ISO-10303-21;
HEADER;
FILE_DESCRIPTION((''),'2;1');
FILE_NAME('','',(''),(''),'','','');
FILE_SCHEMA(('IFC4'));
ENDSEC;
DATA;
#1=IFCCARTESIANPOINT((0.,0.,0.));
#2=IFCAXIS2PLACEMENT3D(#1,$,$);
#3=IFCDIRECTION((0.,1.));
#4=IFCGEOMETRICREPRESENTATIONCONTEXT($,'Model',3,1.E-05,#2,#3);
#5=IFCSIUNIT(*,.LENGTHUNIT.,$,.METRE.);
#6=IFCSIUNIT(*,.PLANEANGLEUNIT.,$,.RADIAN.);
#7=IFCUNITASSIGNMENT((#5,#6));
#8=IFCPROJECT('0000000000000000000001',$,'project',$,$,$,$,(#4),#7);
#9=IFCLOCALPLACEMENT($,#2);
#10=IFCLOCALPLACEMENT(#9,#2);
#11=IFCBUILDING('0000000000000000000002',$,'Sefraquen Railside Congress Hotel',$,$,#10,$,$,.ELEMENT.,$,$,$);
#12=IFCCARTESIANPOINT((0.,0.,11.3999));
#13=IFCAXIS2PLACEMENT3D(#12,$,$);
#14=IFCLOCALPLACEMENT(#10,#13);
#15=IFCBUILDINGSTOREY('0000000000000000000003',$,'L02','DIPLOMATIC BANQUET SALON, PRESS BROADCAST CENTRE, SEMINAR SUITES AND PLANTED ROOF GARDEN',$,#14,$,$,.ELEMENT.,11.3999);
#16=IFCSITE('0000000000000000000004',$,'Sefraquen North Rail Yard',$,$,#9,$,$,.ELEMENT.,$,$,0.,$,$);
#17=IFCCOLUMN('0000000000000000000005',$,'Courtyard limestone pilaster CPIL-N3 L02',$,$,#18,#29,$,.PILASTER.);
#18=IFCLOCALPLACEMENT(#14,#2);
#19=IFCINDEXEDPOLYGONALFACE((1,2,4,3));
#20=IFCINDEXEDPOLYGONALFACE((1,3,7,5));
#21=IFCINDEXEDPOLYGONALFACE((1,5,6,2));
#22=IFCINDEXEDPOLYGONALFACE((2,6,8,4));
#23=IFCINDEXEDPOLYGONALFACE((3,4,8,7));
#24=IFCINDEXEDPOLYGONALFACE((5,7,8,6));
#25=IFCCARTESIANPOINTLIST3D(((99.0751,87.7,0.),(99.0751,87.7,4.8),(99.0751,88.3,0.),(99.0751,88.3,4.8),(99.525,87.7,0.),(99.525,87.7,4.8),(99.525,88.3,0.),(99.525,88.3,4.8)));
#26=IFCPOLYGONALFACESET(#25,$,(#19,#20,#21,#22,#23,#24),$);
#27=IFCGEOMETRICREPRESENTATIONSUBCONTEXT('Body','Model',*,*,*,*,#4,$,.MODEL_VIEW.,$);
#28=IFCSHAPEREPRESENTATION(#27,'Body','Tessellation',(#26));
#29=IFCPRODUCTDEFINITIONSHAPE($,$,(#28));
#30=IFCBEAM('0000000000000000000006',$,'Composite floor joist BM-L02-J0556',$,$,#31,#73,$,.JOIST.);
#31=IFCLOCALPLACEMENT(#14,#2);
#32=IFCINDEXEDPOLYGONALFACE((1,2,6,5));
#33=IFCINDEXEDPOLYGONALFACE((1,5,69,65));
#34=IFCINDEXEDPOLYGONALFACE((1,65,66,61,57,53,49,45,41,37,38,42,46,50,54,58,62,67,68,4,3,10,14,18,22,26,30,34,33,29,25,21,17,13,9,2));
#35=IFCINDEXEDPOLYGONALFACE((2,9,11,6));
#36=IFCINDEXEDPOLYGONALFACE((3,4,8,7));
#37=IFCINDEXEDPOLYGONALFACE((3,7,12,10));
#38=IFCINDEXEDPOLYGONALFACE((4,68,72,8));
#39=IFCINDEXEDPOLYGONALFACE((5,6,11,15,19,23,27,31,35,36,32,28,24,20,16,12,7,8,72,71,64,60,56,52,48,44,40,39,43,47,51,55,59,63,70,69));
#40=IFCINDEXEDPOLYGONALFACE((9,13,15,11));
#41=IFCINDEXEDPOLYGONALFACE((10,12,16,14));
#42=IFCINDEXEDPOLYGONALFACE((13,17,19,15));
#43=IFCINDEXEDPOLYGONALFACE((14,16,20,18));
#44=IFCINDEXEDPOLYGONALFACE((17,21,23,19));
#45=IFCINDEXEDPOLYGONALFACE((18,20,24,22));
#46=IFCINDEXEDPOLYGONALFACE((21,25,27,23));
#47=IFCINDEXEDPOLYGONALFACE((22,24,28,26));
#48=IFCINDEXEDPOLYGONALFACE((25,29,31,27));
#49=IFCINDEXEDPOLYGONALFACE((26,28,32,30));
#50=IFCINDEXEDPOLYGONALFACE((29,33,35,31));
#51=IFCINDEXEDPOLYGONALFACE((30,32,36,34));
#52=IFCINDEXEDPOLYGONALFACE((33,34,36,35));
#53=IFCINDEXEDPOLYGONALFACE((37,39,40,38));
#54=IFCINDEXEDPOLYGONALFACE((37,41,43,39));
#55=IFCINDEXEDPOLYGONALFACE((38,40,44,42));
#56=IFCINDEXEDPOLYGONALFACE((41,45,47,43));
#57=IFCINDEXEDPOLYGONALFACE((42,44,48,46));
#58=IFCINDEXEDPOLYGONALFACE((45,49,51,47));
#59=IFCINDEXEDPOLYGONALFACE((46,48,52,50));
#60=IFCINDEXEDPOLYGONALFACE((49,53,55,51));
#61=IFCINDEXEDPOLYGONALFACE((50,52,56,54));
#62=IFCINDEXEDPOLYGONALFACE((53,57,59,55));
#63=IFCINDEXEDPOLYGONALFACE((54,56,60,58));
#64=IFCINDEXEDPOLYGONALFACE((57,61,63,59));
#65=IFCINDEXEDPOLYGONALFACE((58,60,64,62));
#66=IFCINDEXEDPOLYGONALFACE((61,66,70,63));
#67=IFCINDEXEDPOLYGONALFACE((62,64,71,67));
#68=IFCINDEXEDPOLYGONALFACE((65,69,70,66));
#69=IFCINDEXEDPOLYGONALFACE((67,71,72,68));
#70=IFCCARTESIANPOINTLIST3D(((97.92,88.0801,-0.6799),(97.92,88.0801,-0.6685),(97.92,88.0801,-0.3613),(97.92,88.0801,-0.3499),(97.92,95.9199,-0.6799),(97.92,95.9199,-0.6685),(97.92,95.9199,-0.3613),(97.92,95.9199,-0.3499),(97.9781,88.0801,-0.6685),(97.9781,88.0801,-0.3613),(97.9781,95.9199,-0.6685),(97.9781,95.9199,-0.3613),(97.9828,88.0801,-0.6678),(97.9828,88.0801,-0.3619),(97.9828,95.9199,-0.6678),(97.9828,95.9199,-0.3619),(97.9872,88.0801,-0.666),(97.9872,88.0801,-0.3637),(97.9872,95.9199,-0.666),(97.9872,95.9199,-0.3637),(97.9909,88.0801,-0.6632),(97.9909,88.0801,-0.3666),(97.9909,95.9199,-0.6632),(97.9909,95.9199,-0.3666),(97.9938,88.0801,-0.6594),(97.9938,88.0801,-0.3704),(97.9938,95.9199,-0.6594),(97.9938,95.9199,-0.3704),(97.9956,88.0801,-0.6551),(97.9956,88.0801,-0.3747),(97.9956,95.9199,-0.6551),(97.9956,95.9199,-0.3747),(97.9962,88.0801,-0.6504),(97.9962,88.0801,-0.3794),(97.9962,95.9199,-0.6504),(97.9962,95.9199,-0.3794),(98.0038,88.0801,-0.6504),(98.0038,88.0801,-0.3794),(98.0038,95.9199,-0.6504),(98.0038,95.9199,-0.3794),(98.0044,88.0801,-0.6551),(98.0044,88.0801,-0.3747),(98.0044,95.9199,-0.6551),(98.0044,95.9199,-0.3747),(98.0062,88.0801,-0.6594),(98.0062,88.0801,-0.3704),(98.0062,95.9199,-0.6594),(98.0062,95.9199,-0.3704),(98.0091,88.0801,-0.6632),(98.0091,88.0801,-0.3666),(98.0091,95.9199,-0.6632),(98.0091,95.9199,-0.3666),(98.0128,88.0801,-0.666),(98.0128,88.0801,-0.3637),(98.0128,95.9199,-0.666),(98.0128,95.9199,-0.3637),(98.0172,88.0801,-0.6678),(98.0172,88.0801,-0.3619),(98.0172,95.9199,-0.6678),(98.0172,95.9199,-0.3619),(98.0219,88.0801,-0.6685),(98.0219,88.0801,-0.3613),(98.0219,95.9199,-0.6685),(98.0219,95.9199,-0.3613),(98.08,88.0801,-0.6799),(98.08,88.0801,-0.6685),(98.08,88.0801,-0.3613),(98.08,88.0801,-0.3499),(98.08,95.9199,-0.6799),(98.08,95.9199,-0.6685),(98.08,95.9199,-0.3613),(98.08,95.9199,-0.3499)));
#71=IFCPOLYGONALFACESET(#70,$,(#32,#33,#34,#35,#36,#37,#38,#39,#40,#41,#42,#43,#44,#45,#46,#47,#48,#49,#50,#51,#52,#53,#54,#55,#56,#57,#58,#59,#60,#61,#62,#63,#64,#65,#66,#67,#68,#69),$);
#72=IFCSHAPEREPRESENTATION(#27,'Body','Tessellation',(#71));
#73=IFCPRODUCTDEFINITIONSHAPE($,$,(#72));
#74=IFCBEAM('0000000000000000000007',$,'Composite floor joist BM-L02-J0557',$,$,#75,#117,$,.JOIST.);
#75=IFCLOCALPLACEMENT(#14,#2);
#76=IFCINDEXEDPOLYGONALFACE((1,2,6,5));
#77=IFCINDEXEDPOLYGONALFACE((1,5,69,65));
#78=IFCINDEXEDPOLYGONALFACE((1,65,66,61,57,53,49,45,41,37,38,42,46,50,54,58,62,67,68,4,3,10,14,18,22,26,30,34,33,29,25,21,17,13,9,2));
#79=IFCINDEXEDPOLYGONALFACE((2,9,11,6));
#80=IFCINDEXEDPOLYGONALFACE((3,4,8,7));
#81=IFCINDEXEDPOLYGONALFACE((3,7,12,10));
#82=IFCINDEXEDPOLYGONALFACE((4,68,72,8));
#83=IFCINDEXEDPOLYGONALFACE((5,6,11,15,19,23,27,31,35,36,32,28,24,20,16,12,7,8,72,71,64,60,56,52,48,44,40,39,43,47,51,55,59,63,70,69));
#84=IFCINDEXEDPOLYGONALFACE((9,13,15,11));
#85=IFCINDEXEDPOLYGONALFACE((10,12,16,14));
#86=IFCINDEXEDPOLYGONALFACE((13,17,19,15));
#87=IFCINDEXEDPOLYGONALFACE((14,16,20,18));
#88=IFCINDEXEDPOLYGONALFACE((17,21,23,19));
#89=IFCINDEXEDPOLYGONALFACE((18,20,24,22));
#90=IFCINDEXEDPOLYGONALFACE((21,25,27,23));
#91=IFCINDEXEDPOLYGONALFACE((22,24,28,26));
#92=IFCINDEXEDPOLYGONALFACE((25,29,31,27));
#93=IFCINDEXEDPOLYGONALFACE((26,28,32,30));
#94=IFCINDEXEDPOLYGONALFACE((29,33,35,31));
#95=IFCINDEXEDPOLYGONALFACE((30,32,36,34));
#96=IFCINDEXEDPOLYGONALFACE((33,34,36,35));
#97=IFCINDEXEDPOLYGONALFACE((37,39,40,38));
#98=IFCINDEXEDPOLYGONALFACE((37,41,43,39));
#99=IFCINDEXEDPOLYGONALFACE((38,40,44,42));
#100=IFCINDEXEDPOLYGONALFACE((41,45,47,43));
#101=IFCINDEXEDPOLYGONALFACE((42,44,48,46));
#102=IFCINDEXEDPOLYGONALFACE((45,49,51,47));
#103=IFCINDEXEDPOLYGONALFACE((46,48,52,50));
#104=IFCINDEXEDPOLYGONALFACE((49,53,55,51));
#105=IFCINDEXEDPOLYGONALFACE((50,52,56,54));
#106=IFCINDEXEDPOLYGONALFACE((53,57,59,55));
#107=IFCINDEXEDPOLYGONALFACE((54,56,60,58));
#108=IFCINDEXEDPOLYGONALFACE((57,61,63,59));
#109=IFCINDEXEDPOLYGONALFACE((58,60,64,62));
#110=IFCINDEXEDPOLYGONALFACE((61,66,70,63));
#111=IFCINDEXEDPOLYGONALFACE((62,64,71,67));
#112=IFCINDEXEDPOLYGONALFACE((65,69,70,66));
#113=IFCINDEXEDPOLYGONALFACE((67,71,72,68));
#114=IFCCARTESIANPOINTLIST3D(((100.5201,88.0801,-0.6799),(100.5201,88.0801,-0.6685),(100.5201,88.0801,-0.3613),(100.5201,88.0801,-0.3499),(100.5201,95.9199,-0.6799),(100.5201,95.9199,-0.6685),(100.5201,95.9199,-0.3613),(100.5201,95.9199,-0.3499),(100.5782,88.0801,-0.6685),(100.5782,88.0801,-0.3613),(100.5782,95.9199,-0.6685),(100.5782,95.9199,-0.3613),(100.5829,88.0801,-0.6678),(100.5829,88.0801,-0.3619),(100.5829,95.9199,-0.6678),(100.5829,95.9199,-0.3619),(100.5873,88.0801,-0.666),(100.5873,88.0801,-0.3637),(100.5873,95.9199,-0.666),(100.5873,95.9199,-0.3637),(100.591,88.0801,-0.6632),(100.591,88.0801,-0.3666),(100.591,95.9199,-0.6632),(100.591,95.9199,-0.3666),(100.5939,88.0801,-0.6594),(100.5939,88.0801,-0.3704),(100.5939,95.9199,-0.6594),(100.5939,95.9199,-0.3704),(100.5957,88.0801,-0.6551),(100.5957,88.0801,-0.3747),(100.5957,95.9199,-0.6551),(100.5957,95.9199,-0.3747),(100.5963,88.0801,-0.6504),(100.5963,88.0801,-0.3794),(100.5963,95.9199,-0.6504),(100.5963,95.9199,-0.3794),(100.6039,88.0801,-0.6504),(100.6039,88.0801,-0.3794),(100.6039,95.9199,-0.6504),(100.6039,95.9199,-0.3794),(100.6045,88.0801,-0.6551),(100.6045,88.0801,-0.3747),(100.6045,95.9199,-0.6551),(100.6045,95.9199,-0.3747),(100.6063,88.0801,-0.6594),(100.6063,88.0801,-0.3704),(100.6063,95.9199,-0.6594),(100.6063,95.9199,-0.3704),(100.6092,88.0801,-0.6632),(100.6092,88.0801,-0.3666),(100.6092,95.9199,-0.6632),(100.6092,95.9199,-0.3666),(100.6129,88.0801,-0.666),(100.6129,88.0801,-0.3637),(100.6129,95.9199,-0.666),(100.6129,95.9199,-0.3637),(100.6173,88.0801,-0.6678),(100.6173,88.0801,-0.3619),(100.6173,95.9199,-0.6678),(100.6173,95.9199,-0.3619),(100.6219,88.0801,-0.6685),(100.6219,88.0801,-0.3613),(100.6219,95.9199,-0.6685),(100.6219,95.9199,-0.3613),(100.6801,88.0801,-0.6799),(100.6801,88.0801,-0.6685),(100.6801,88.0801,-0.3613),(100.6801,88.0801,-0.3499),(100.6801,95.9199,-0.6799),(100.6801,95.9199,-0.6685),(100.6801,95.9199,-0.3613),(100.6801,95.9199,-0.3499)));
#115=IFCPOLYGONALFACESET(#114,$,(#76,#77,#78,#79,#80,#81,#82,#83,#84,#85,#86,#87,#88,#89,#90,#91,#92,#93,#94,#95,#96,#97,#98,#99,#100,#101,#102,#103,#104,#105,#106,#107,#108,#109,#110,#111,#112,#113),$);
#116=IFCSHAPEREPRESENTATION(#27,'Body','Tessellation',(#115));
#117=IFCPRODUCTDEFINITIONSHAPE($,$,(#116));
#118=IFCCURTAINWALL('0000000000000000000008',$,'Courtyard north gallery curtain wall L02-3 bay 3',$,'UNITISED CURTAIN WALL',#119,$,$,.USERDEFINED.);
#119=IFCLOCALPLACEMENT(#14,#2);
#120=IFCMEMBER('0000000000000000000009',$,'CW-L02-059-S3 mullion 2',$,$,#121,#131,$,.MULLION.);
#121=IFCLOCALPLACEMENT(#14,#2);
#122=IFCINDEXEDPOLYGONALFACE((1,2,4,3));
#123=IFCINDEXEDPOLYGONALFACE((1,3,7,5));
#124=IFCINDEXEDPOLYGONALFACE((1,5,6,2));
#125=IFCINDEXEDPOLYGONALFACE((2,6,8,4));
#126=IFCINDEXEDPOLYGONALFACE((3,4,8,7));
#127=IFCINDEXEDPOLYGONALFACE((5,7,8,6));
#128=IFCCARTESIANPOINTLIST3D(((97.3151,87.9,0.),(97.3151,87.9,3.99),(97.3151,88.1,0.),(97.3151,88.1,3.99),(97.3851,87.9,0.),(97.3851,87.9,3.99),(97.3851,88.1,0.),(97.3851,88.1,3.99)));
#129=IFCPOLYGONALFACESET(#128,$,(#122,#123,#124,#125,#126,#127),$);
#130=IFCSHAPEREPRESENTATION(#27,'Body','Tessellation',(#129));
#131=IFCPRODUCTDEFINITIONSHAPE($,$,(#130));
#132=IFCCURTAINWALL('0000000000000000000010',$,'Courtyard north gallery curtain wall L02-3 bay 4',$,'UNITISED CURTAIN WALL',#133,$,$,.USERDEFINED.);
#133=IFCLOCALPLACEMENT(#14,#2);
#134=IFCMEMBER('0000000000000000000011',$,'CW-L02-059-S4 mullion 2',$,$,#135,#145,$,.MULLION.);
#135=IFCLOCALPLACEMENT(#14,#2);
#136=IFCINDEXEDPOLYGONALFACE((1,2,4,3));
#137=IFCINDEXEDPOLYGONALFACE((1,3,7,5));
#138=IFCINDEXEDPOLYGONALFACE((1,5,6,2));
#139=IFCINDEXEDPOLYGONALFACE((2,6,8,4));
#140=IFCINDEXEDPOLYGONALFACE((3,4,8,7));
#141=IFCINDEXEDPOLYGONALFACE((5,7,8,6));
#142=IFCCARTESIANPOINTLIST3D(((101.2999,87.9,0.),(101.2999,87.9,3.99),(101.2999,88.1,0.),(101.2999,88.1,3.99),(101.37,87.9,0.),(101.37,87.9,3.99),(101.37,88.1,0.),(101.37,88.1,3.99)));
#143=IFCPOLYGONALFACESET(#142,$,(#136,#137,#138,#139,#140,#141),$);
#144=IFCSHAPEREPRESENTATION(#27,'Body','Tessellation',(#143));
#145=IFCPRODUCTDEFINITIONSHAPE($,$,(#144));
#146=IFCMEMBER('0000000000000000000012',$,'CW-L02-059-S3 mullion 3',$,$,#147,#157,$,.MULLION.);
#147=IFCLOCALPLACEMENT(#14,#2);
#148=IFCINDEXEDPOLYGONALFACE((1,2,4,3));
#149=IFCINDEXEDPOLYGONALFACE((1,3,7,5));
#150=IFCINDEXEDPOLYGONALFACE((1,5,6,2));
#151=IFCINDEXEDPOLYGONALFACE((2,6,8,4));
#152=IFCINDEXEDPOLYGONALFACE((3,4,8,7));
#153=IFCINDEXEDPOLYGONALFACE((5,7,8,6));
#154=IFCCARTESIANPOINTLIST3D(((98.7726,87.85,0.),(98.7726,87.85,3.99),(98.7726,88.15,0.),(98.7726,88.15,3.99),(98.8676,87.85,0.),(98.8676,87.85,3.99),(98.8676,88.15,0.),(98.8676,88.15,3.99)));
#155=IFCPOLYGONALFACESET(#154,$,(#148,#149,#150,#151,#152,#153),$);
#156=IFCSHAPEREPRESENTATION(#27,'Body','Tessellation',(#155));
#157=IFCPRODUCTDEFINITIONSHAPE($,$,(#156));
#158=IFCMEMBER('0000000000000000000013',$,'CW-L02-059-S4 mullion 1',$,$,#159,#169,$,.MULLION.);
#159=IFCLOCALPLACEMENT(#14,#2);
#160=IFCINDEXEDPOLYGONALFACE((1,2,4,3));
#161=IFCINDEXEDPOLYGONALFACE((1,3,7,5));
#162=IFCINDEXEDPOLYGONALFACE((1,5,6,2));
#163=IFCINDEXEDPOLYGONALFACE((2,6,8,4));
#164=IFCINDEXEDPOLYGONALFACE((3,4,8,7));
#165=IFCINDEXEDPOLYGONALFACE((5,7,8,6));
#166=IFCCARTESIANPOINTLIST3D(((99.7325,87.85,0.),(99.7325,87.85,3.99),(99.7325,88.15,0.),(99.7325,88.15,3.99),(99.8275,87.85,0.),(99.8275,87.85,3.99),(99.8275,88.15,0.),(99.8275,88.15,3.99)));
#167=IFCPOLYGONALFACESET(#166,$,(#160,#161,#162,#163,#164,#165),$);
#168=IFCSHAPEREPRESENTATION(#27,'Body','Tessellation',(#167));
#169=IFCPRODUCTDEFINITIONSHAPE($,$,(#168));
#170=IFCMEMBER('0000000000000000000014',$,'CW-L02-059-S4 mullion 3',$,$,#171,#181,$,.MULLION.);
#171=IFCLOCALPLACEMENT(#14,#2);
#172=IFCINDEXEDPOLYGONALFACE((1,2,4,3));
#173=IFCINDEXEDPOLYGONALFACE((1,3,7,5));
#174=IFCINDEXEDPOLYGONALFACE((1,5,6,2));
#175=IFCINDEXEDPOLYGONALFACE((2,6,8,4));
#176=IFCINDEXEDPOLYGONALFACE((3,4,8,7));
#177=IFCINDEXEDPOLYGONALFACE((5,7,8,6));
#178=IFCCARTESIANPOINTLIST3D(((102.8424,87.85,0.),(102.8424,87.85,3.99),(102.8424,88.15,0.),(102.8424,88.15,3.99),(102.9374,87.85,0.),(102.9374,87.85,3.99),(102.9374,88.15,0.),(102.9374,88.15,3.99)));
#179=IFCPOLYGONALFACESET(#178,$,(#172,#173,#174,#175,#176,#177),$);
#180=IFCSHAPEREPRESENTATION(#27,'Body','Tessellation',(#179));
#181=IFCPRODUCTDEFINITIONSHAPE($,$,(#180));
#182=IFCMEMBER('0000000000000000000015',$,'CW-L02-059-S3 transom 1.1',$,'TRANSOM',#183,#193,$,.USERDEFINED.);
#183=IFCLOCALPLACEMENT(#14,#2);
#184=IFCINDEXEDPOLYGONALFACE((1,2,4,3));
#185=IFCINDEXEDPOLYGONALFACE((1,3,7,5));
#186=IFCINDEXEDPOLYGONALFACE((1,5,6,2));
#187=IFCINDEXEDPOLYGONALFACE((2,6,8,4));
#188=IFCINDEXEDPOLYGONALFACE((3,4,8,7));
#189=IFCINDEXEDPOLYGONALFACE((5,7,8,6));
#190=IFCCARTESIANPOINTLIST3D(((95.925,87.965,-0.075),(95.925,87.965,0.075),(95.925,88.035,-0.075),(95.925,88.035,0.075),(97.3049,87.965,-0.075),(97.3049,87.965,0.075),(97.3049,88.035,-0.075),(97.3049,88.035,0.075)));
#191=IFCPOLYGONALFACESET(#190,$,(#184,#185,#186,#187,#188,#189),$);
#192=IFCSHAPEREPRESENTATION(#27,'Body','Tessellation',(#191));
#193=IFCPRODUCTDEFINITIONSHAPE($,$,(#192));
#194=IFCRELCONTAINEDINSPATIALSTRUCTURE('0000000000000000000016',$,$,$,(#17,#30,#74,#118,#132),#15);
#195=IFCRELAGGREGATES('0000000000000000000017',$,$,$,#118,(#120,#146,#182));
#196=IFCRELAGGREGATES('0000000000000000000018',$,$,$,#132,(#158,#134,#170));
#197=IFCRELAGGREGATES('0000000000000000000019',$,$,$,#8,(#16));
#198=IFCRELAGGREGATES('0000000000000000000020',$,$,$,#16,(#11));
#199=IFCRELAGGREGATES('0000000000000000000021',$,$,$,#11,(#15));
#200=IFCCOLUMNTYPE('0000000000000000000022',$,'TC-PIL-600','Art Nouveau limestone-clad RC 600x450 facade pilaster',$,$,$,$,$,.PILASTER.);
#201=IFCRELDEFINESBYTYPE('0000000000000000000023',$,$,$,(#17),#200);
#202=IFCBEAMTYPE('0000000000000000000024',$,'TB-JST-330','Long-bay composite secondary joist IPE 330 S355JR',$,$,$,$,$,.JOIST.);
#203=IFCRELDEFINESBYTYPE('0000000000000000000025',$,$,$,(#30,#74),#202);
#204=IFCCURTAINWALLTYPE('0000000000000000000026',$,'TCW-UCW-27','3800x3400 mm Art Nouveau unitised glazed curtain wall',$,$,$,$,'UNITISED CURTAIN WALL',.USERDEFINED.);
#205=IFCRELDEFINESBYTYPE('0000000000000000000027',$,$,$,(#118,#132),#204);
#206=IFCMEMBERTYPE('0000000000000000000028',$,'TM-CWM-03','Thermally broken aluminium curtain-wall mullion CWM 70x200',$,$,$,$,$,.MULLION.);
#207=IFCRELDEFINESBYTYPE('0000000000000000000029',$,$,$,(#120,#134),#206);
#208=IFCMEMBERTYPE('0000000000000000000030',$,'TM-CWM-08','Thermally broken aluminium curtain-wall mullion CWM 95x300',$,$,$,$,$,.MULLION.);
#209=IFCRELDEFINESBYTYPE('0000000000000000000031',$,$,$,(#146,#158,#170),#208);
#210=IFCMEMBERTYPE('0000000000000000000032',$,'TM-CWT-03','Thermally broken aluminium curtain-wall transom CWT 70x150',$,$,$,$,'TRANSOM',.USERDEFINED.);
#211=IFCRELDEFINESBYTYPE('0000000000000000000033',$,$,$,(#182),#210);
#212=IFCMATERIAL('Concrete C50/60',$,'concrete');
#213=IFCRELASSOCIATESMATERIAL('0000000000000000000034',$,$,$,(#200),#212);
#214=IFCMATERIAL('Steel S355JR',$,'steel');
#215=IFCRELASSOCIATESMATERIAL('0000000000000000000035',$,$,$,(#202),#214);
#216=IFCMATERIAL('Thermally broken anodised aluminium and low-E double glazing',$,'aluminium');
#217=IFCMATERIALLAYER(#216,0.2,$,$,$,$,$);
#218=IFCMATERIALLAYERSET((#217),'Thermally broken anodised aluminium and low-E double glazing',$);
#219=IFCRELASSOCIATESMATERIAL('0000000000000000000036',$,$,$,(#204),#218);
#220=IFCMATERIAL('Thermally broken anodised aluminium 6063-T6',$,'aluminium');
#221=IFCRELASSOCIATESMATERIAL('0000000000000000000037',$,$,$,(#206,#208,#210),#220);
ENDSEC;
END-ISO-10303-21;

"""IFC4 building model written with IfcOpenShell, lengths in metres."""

from ifc_helpers import new_model, si_unit, direction, frame, origin, origin_2d, place, context, subcontext, project, spatial, rectangle, i_section, extrude, material, layer, layer_set, material_profile, profile_set, type_object, element, aggregate, save


model = new_model("IFC4")

# Units and contexts
model_context = context("Model", 3, precision=1e-05, world=origin(), true_north=direction((0.0, 1.0)))
body_context = subcontext(model_context, "Body", "Model", "MODEL_VIEW")
ifc_project = project(units=[si_unit("LENGTHUNIT", "METRE"), si_unit("PLANEANGLEUNIT", "RADIAN")], contexts=[model_context])

# Site, building, storey
site_placement = place(None, origin())
site = spatial("IfcSite", under=ifc_project, at=site_placement, Name="Sefraquen North Rail Yard", CompositionType="ELEMENT", RefElevation=0.0)
building_placement = place(site_placement, origin())
building = spatial("IfcBuilding", under=site, at=building_placement, Name="Sefraquen Railside Congress Hotel", CompositionType="ELEMENT")
storey_placement = place(building_placement, frame((0.0, 0.0, 11.3999)))
storey = spatial("IfcBuildingStorey", under=building, at=storey_placement, Name="L02", Description="DIPLOMATIC BANQUET SALON, PRESS BROADCAST CENTRE, SEMINAR SUITES AND PLANTED ROOF GARDEN", CompositionType="ELEMENT", Elevation=11.3999)

# Column
ifc_material_1 = material(Name="Concrete C50/60", Category="concrete")
ifc_material_profile_1 = material_profile(ifc_material_1, rectangle(XDim=0.45, YDim=0.6001, at=origin_2d()), Name="RC 600x450")
ifc_profile_set_1 = profile_set([ifc_material_profile_1], Name="Concrete C50/60")
column_type = type_object("IfcColumnType", Name="TC-PIL-600", Description="Art Nouveau limestone-clad RC 600x450 facade pilaster", PredefinedType="PILASTER", material=ifc_profile_set_1)
column_placement = place(storey_placement, frame((99.3, 88.0, 0.0), z_axis=(0.0, 0.0, 1.0), x_axis=(1.0, 0.0, 0.0)))
element("IfcColumn", 1, at=column_placement, inside=storey, type_object=column_type, Name="Courtyard limestone pilaster CPIL-N3 L02", PredefinedType="PILASTER", context=body_context, shape_type="SweptSolid", body=[
    extrude(rectangle(XDim=0.45, YDim=0.6001, at=origin_2d()), origin(), (0.0, 0.0, 1.0), 4.8),
])

# Beams
ifc_material_2 = material(Name="Steel S355JR", Category="steel")
ifc_material_profile_2 = material_profile(ifc_material_2, i_section(OverallWidth=0.1599, OverallDepth=0.3301, WebThickness=0.0076, FlangeThickness=0.0115, FilletRadius=0.0181, at=origin_2d()), Name="IPE 330")
ifc_profile_set_2 = profile_set([ifc_material_profile_2], Name="Steel S355JR")
beam_type = type_object("IfcBeamType", Name="TB-JST-330", Description="Long-bay composite secondary joist IPE 330 S355JR", PredefinedType="JOIST", material=ifc_profile_set_2)
for number, where, z_axis, x_axis, name in (
    (2, (98.0, 88.0801, -0.5149), (0.0, 1.0, 0.0), (-1.0, 0.0, 0.0), "Composite floor joist BM-L02-J0556"),
    (3, (100.6001, 88.0801, -0.5149), (0.0, 1.0, 0.0), (-1.0, 0.0, 0.0), "Composite floor joist BM-L02-J0557"),
):
    element("IfcBeam", number, at=place(storey_placement, frame(where, z_axis=z_axis, x_axis=x_axis)), inside=storey, type_object=beam_type, Name=name, PredefinedType="JOIST", context=body_context, shape_type="SweptSolid", body=[
        extrude(i_section(OverallWidth=0.1599, OverallDepth=0.3301, WebThickness=0.0076, FlangeThickness=0.0115, FilletRadius=0.0181, at=origin_2d()), origin(), (0.0, 0.0, 1.0), 7.8398),
    ])

# Curtain walls, members
ifc_material_3 = material(Name="Thermally broken anodised aluminium and low-E double glazing", Category="aluminium")
ifc_layer_1 = layer(ifc_material_3, 0.2)
ifc_layer_set_1 = layer_set([ifc_layer_1], Name="Thermally broken anodised aluminium and low-E double glazing")
curtain_wall_type = type_object("IfcCurtainWallType", Name="TCW-UCW-27", Description="3800x3400 mm Art Nouveau unitised glazed curtain wall", ElementType="UNITISED CURTAIN WALL", PredefinedType="USERDEFINED", material=ifc_layer_set_1)
curtain_wall_1_placement = place(storey_placement, origin())
curtain_wall_1 = element("IfcCurtainWall", 4, at=curtain_wall_1_placement, inside=storey, type_object=curtain_wall_type, Name="Courtyard north gallery curtain wall L02-3 bay 3", ObjectType="UNITISED CURTAIN WALL", PredefinedType="USERDEFINED")
ifc_material_4 = material(Name="Thermally broken anodised aluminium 6063-T6", Category="aluminium")
ifc_material_profile_3 = material_profile(ifc_material_4, rectangle(XDim=0.0701, YDim=0.2, at=origin_2d()), Name="CWM 70x200")
ifc_profile_set_3 = profile_set([ifc_material_profile_3], Name="Thermally broken anodised aluminium 6063-T6")
member_type_1 = type_object("IfcMemberType", Name="TM-CWM-03", Description="Thermally broken aluminium curtain-wall mullion CWM 70x200", PredefinedType="MULLION", material=ifc_profile_set_3)
member_1_placement = place(storey_placement, frame((97.3501, 88.0, 0.0), z_axis=(0.0, 0.0, 1.0), x_axis=(1.0, 0.0, 0.0)))
member_1 = element("IfcMember", 5, at=member_1_placement, type_object=member_type_1, Name="CW-L02-059-S3 mullion 2", PredefinedType="MULLION", context=body_context, shape_type="SweptSolid", body=[
    extrude(rectangle(XDim=0.0701, YDim=0.2, at=origin_2d()), origin(), (0.0, 0.0, 1.0), 3.99),
])
curtain_wall_2_placement = place(storey_placement, origin())
curtain_wall_2 = element("IfcCurtainWall", 6, at=curtain_wall_2_placement, inside=storey, type_object=curtain_wall_type, Name="Courtyard north gallery curtain wall L02-3 bay 4", ObjectType="UNITISED CURTAIN WALL", PredefinedType="USERDEFINED")
member_2_placement = place(storey_placement, frame((101.335, 88.0, 0.0), z_axis=(0.0, 0.0, 1.0), x_axis=(1.0, 0.0, 0.0)))
member_2 = element("IfcMember", 7, at=member_2_placement, type_object=member_type_1, Name="CW-L02-059-S4 mullion 2", PredefinedType="MULLION", context=body_context, shape_type="SweptSolid", body=[
    extrude(rectangle(XDim=0.0701, YDim=0.2, at=origin_2d()), origin(), (0.0, 0.0, 1.0), 3.99),
])

# Members
ifc_material_profile_4 = material_profile(ifc_material_4, rectangle(XDim=0.095, YDim=0.3, at=origin_2d()), Name="CWM 95x300")
ifc_profile_set_4 = profile_set([ifc_material_profile_4], Name="Thermally broken anodised aluminium 6063-T6")
member_type_2 = type_object("IfcMemberType", Name="TM-CWM-08", Description="Thermally broken aluminium curtain-wall mullion CWM 95x300", PredefinedType="MULLION", material=ifc_profile_set_4)
member_3_placement = place(storey_placement, frame((98.8201, 88.0, 0.0), z_axis=(0.0, 0.0, 1.0), x_axis=(1.0, 0.0, 0.0)))
member_3 = element("IfcMember", 8, at=member_3_placement, type_object=member_type_2, Name="CW-L02-059-S3 mullion 3", PredefinedType="MULLION", context=body_context, shape_type="SweptSolid", body=[
    extrude(rectangle(XDim=0.095, YDim=0.3, at=origin_2d()), origin(), (0.0, 0.0, 1.0), 3.99),
])
member_4_placement = place(storey_placement, frame((99.78, 88.0, 0.0), z_axis=(0.0, 0.0, 1.0), x_axis=(1.0, 0.0, 0.0)))
member_4 = element("IfcMember", 9, at=member_4_placement, type_object=member_type_2, Name="CW-L02-059-S4 mullion 1", PredefinedType="MULLION", context=body_context, shape_type="SweptSolid", body=[
    extrude(rectangle(XDim=0.095, YDim=0.3, at=origin_2d()), origin(), (0.0, 0.0, 1.0), 3.99),
])
member_5_placement = place(storey_placement, frame((102.8899, 88.0, 0.0), z_axis=(0.0, 0.0, 1.0), x_axis=(1.0, 0.0, 0.0)))
member_5 = element("IfcMember", 10, at=member_5_placement, type_object=member_type_2, Name="CW-L02-059-S4 mullion 3", PredefinedType="MULLION", context=body_context, shape_type="SweptSolid", body=[
    extrude(rectangle(XDim=0.095, YDim=0.3, at=origin_2d()), origin(), (0.0, 0.0, 1.0), 3.99),
])
ifc_material_profile_5 = material_profile(ifc_material_4, rectangle(XDim=0.0701, YDim=0.1499, at=origin_2d()), Name="CWT 70x150")
ifc_profile_set_5 = profile_set([ifc_material_profile_5], Name="Thermally broken anodised aluminium 6063-T6")
member_type_3 = type_object("IfcMemberType", Name="TM-CWT-03", Description="Thermally broken aluminium curtain-wall transom CWT 70x150", ElementType="TRANSOM", PredefinedType="USERDEFINED", material=ifc_profile_set_5)
member_6_placement = place(storey_placement, frame((95.925, 88.0, 0.0), z_axis=(1.0, 0.0, 0.0), x_axis=(0.0, 1.0, 0.0)))
member_6 = element("IfcMember", 11, at=member_6_placement, type_object=member_type_3, Name="CW-L02-059-S3 transom 1.1", ObjectType="TRANSOM", PredefinedType="USERDEFINED", context=body_context, shape_type="SweptSolid", body=[
    extrude(rectangle(XDim=0.0701, YDim=0.1499, at=origin_2d()), origin(), (0.0, 0.0, 1.0), 1.3799),
])

aggregate(curtain_wall_1, [member_1, member_3, member_6])
aggregate(curtain_wall_2, [member_4, member_2, member_5])

save(model, "model.ifc")
